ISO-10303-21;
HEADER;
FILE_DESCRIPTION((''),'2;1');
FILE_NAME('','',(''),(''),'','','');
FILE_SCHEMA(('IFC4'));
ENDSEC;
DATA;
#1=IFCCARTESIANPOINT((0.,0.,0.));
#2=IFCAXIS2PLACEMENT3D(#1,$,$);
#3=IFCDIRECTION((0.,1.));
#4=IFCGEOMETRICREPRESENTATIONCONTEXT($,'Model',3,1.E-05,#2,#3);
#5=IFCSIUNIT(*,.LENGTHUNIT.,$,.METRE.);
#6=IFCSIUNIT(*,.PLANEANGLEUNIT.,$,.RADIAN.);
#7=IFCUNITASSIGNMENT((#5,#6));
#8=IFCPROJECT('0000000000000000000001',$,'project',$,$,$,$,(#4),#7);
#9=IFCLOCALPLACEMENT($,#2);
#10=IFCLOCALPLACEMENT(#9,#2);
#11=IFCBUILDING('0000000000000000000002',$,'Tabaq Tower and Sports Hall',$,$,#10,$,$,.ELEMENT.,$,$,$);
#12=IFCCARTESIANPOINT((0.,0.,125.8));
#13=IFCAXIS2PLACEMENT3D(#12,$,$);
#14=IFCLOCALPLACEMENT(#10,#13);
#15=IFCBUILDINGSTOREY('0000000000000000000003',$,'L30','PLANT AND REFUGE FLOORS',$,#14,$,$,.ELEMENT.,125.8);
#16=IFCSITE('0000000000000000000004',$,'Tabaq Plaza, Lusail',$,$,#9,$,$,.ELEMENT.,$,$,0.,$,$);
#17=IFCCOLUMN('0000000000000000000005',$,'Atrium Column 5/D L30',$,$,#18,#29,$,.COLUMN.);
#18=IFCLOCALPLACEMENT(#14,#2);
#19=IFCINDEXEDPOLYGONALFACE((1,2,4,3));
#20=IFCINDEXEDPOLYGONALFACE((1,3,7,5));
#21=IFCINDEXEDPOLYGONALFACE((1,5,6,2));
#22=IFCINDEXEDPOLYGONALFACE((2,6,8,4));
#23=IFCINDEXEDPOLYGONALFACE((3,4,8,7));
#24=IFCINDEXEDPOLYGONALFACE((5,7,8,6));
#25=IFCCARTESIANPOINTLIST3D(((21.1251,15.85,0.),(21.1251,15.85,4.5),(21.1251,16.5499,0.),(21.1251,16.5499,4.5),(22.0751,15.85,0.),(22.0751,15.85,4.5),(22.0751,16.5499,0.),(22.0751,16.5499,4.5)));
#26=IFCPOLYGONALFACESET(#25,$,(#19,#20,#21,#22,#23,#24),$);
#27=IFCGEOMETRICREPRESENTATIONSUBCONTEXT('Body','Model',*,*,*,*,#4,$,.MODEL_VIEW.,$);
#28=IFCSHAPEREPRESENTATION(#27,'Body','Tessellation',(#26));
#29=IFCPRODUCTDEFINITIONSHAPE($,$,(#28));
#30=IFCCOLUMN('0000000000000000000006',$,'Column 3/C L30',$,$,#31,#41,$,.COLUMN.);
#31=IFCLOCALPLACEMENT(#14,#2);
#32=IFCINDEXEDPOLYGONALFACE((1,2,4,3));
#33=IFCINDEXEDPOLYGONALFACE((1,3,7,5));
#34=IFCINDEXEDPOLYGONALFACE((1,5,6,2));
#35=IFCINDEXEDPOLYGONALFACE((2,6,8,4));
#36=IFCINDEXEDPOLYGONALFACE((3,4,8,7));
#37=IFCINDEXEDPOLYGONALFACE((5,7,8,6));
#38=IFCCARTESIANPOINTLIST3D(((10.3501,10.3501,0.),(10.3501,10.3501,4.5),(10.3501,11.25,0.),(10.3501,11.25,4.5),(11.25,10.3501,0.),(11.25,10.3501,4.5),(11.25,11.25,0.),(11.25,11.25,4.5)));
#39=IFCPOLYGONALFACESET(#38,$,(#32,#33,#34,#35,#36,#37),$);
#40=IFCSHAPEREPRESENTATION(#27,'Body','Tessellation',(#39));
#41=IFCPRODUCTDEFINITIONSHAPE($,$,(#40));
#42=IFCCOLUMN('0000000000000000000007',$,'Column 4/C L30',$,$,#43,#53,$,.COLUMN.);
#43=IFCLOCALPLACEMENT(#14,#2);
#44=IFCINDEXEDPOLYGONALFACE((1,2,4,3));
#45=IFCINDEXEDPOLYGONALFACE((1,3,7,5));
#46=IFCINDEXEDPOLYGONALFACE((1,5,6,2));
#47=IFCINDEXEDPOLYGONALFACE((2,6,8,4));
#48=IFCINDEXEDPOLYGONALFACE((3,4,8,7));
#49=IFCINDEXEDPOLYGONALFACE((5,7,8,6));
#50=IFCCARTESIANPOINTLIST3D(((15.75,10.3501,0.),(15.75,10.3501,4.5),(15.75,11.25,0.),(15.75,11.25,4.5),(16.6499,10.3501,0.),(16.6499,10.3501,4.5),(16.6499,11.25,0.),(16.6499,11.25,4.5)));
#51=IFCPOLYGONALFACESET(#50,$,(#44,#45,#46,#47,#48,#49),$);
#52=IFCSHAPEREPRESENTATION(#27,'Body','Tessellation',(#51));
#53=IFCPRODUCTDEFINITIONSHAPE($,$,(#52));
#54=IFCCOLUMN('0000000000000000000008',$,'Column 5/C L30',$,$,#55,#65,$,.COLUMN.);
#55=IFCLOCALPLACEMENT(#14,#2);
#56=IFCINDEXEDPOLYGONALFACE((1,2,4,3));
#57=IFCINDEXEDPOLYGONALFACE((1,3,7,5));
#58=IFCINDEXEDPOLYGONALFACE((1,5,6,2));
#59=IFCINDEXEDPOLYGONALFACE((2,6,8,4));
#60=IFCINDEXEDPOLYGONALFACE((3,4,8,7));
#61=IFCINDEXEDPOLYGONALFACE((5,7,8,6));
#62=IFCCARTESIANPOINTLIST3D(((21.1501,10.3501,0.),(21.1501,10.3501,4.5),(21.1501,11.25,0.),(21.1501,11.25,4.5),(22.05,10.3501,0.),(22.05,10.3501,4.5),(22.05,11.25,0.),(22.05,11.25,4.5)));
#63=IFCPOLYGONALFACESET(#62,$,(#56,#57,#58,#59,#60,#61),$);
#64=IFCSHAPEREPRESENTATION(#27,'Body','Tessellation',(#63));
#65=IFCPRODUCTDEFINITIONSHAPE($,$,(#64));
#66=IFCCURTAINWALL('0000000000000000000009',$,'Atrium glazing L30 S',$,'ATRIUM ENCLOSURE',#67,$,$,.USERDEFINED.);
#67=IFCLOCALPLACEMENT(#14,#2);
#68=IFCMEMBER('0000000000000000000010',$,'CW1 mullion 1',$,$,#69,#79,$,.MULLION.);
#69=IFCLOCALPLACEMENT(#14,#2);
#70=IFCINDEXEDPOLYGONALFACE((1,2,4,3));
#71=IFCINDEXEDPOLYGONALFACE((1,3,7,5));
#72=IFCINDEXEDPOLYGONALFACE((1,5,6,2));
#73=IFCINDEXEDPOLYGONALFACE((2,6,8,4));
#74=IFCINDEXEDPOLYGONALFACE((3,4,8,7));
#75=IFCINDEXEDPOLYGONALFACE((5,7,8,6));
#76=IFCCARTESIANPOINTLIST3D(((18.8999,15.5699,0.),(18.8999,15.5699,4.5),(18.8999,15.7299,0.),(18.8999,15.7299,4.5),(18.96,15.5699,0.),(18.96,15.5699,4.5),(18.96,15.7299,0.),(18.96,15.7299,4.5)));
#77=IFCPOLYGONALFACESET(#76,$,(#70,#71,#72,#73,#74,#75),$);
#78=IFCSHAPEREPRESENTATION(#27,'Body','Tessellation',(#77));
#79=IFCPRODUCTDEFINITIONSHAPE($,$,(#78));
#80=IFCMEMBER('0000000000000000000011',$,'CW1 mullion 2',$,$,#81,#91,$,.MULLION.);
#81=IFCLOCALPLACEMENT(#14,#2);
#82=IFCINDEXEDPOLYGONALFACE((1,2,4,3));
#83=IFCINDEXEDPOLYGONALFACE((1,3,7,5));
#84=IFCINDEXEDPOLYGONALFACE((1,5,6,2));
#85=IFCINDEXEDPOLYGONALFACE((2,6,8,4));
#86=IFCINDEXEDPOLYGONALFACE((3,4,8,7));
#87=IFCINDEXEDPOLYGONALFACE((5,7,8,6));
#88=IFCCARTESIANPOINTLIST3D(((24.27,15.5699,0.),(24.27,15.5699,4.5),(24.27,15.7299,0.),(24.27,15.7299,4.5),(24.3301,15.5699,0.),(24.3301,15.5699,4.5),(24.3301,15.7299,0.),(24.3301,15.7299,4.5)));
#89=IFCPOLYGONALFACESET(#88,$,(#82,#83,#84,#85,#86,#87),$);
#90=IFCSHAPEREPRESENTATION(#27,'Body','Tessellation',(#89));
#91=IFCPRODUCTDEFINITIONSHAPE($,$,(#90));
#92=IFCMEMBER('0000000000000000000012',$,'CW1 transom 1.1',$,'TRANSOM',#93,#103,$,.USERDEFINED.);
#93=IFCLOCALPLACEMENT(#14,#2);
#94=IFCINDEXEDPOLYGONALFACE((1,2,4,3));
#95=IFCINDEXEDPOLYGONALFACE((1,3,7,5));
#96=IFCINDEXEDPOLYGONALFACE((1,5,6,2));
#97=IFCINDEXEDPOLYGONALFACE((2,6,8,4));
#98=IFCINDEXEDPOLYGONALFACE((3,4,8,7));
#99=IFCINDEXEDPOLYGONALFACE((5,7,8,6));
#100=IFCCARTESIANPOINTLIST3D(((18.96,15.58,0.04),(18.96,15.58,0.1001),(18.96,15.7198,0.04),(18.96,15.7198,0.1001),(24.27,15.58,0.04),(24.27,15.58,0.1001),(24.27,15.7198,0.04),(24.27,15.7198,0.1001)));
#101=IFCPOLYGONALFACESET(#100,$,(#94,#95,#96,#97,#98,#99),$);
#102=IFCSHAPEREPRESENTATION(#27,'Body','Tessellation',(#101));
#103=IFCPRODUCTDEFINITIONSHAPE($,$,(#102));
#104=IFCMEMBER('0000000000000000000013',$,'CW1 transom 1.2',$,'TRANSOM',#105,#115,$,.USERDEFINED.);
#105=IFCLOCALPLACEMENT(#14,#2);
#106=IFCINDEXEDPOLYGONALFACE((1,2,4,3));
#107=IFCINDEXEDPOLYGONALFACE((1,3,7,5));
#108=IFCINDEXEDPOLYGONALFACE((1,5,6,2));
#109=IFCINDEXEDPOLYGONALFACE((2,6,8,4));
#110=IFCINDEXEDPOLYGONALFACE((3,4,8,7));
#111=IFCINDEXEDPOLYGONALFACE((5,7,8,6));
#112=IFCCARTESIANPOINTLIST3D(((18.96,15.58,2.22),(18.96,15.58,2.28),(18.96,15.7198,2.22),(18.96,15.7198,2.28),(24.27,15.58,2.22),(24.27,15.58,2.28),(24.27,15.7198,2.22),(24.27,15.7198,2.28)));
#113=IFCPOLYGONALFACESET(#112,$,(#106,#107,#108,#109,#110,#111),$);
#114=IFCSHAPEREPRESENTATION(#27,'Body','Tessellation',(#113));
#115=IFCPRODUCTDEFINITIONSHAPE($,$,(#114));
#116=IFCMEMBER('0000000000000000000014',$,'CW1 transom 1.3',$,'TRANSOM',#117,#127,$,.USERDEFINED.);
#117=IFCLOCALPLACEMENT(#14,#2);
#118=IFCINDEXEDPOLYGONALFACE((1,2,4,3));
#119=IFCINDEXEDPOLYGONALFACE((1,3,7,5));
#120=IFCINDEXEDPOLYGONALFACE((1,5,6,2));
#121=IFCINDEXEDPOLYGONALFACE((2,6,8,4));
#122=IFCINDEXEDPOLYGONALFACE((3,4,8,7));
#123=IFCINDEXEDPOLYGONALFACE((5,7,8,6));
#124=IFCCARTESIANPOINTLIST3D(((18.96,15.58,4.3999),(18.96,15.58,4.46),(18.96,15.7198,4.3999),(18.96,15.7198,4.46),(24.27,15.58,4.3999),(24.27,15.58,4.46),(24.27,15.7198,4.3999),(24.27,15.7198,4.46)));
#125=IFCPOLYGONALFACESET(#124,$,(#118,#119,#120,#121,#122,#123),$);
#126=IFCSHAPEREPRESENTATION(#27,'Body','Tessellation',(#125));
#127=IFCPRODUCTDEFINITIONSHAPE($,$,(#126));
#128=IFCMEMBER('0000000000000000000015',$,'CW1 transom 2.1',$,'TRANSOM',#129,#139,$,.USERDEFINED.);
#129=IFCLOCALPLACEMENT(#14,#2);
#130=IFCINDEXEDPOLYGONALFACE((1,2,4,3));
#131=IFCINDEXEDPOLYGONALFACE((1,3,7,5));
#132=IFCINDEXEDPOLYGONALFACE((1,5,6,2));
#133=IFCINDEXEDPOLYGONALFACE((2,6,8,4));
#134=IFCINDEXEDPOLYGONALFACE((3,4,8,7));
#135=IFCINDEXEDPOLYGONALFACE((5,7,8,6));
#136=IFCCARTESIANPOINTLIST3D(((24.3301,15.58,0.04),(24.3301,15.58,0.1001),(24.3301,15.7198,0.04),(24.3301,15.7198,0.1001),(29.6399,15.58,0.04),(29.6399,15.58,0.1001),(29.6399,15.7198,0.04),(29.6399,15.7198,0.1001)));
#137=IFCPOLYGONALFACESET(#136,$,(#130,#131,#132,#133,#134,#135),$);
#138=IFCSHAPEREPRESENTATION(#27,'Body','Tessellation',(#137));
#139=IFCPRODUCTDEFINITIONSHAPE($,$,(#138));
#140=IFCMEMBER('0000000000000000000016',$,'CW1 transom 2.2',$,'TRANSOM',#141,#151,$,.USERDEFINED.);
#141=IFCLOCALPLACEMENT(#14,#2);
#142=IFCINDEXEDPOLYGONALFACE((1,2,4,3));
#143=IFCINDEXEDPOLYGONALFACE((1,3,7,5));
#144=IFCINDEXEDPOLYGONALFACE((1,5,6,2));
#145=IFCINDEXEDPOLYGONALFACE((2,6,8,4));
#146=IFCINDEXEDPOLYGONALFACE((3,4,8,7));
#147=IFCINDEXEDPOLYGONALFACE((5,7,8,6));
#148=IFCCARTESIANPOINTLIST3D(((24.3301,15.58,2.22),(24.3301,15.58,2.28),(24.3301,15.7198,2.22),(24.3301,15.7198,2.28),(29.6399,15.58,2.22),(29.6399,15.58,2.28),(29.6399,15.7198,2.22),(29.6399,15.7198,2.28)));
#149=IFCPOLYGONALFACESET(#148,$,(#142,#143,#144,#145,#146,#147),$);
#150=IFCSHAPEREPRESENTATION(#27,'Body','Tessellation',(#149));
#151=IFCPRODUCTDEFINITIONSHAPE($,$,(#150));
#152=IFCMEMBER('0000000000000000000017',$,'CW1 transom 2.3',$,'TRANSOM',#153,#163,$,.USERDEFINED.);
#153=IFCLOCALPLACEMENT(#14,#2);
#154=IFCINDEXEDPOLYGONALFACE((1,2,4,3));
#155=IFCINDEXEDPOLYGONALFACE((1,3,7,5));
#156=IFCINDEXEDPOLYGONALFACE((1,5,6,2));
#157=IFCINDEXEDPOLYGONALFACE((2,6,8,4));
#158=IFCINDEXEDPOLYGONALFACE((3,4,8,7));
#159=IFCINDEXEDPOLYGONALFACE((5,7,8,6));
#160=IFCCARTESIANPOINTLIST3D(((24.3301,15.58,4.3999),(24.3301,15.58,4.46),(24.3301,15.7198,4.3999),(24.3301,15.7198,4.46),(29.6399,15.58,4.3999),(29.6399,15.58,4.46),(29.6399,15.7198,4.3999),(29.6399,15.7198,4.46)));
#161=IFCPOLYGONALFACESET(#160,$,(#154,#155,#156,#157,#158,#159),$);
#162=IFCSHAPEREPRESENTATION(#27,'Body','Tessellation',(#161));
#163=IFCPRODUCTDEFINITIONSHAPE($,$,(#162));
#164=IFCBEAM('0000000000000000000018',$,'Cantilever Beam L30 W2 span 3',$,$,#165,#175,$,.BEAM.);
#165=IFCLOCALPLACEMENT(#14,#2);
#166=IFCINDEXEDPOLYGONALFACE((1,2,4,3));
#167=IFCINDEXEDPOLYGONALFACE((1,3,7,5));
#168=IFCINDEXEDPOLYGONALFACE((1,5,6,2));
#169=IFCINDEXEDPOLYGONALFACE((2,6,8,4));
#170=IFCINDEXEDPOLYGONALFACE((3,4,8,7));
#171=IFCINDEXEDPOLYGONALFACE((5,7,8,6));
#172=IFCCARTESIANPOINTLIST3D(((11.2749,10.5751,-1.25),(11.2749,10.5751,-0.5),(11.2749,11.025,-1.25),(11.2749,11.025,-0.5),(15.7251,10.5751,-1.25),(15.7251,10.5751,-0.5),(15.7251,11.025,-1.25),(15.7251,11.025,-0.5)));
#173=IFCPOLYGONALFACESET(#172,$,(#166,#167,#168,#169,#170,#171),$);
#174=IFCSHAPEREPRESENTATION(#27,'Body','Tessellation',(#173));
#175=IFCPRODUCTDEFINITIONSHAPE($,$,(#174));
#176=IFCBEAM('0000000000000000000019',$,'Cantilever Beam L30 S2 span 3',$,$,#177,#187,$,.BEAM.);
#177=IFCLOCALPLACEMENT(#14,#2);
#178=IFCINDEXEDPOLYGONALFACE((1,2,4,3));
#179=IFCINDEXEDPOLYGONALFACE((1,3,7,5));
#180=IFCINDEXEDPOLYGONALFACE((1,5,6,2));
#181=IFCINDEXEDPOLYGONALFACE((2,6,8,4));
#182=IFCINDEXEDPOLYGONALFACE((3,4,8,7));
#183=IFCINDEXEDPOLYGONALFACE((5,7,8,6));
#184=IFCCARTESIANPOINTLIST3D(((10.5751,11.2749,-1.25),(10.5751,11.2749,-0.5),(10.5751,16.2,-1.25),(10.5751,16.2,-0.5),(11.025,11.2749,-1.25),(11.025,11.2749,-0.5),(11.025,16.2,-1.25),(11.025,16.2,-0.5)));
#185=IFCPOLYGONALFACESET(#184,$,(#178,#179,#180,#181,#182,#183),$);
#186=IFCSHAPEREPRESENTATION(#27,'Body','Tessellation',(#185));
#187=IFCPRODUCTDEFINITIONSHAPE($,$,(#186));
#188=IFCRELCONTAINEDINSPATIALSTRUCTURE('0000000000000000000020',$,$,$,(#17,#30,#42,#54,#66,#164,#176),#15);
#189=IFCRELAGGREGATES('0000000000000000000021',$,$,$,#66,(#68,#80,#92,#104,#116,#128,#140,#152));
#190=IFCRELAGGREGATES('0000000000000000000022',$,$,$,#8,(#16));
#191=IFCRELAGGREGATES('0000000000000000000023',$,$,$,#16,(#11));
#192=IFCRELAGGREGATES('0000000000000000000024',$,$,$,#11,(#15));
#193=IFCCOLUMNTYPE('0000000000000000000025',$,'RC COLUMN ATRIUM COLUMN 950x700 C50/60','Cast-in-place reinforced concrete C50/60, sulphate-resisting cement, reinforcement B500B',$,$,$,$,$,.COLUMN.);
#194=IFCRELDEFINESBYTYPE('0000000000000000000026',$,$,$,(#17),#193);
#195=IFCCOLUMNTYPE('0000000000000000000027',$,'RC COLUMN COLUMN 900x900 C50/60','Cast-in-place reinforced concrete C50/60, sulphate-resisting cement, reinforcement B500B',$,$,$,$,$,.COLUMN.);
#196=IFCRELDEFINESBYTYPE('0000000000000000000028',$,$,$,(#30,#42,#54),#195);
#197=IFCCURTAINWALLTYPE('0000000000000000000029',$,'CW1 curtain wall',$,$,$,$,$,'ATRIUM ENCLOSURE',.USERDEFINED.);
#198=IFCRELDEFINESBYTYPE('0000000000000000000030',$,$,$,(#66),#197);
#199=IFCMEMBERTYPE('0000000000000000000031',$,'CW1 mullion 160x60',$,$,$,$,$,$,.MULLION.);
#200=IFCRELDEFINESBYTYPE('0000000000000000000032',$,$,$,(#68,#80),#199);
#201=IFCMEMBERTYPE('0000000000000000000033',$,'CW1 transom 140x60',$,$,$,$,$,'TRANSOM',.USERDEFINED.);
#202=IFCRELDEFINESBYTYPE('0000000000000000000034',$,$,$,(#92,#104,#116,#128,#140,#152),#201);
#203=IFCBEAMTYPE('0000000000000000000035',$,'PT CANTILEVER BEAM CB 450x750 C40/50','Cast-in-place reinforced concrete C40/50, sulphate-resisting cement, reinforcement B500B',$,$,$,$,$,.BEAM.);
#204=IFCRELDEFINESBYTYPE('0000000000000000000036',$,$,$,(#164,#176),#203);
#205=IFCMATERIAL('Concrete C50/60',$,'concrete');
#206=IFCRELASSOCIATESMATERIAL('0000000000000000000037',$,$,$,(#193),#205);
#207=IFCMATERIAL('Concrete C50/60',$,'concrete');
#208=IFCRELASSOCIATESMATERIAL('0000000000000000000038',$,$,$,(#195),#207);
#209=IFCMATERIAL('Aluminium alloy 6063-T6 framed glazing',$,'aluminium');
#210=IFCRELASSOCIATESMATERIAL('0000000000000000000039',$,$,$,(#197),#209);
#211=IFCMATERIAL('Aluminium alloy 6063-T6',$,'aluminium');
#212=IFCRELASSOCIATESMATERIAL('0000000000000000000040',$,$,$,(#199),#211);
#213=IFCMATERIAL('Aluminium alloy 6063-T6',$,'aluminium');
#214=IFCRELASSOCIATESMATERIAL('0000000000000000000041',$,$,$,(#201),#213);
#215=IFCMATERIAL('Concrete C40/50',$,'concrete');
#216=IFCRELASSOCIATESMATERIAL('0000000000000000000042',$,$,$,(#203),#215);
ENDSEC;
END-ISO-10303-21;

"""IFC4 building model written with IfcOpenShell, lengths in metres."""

from ifc_helpers import new_model, si_unit, direction, frame, origin, origin_2d, place, context, subcontext, project, spatial, rectangle, extrude, material, material_profile, profile_set, type_object, element, aggregate, save


model = new_model("IFC4")

# Units and contexts
model_context = context("Model", 3, precision=1e-05, world=origin(), true_north=direction((0.0, 1.0)))
body_context = subcontext(model_context, "Body", "Model", "MODEL_VIEW")
ifc_project = project(units=[si_unit("LENGTHUNIT", "METRE"), si_unit("PLANEANGLEUNIT", "RADIAN")], contexts=[model_context])

# Site, building, storey
site_placement = place(None, origin())
site = spatial("IfcSite", under=ifc_project, at=site_placement, Name="Tabaq Plaza, Lusail", CompositionType="ELEMENT", RefElevation=0.0)
building_placement = place(site_placement, origin())
building = spatial("IfcBuilding", under=site, at=building_placement, Name="Tabaq Tower and Sports Hall", CompositionType="ELEMENT")
storey_placement = place(building_placement, frame((0.0, 0.0, 125.8)))
storey = spatial("IfcBuildingStorey", under=building, at=storey_placement, Name="L30", Description="PLANT AND REFUGE FLOORS", CompositionType="ELEMENT", Elevation=125.8)

# Columns
ifc_material_1 = material(Name="Concrete C50/60", Category="concrete")
ifc_material_profile_1 = material_profile(ifc_material_1, rectangle(XDim=0.95, YDim=0.7, at=origin_2d()), Name="ATRIUM COLUMN 950x700")
ifc_profile_set_1 = profile_set([ifc_material_profile_1], Name="Concrete C50/60")
column_type_1 = type_object("IfcColumnType", Name="RC COLUMN ATRIUM COLUMN 950x700 C50/60", Description="Cast-in-place reinforced concrete C50/60, sulphate-resisting cement, reinforcement B500B", PredefinedType="COLUMN", material=ifc_profile_set_1)
column_placement = place(storey_placement, frame((21.6001, 16.2, 0.0), z_axis=(0.0, 0.0, 1.0), x_axis=(1.0, 0.0, 0.0)))
element("IfcColumn", 1, at=column_placement, inside=storey, type_object=column_type_1, Name="Atrium Column 5/D L30", PredefinedType="COLUMN", context=body_context, shape_type="SweptSolid", body=[
    extrude(rectangle(XDim=0.95, YDim=0.7, at=origin_2d()), origin(), (0.0, 0.0, 1.0), 4.5),
])
ifc_material_2 = material(Name="Concrete C50/60", Category="concrete")
ifc_material_profile_2 = material_profile(ifc_material_2, rectangle(XDim=0.8999, YDim=0.8999, at=origin_2d()), Name="COLUMN 900x900")
ifc_profile_set_2 = profile_set([ifc_material_profile_2], Name="Concrete C50/60")
column_type_2 = type_object("IfcColumnType", Name="RC COLUMN COLUMN 900x900 C50/60", Description="Cast-in-place reinforced concrete C50/60, sulphate-resisting cement, reinforcement B500B", PredefinedType="COLUMN", material=ifc_profile_set_2)
for number, where, z_axis, x_axis, name in (
    (2, (10.8, 10.8, 0.0), (0.0, 0.0, 1.0), (1.0, 0.0, 0.0), "Column 3/C L30"),
    (3, (16.2, 10.8, 0.0), (0.0, 0.0, 1.0), (1.0, 0.0, 0.0), "Column 4/C L30"),
    (4, (21.6001, 10.8, 0.0), (0.0, 0.0, 1.0), (1.0, 0.0, 0.0), "Column 5/C L30"),
):
    element("IfcColumn", number, at=place(storey_placement, frame(where, z_axis=z_axis, x_axis=x_axis)), inside=storey, type_object=column_type_2, Name=name, PredefinedType="COLUMN", context=body_context, shape_type="SweptSolid", body=[
        extrude(rectangle(XDim=0.8999, YDim=0.8999, at=origin_2d()), origin(), (0.0, 0.0, 1.0), 4.5),
    ])

# Curtain wall, members
ifc_material_3 = material(Name="Aluminium alloy 6063-T6 framed glazing", Category="aluminium")
curtain_wall_type = type_object("IfcCurtainWallType", Name="CW1 curtain wall", ElementType="ATRIUM ENCLOSURE", PredefinedType="USERDEFINED", material=ifc_material_3)
curtain_wall_placement = place(storey_placement, origin())
curtain_wall = element("IfcCurtainWall", 5, at=curtain_wall_placement, inside=storey, type_object=curtain_wall_type, Name="Atrium glazing L30 S", ObjectType="ATRIUM ENCLOSURE", PredefinedType="USERDEFINED")
ifc_material_4 = material(Name="Aluminium alloy 6063-T6", Category="aluminium")
ifc_material_profile_3 = material_profile(ifc_material_4, rectangle(XDim=0.1599, YDim=0.0601, at=origin_2d()), Name="MULLION 160x60")
ifc_profile_set_3 = profile_set([ifc_material_profile_3], Name="Aluminium alloy 6063-T6")
member_type_1 = type_object("IfcMemberType", Name="CW1 mullion 160x60", PredefinedType="MULLION", material=ifc_profile_set_3)
member_1_placement = place(storey_placement, frame((18.9299, 15.6499, 0.0), z_axis=(0.0, 0.0, 1.0), x_axis=(0.0, 1.0, 0.0)))
member_1 = element("IfcMember", 6, at=member_1_placement, type_object=member_type_1, Name="CW1 mullion 1", PredefinedType="MULLION", context=body_context, shape_type="SweptSolid", body=[
    extrude(rectangle(XDim=0.1599, YDim=0.0601, at=origin_2d()), origin(), (0.0, 0.0, 1.0), 4.5),
])
member_2_placement = place(storey_placement, frame((24.3, 15.6499, 0.0), z_axis=(0.0, 0.0, 1.0), x_axis=(0.0, 1.0, 0.0)))
member_2 = element("IfcMember", 7, at=member_2_placement, type_object=member_type_1, Name="CW1 mullion 2", PredefinedType="MULLION", context=body_context, shape_type="SweptSolid", body=[
    extrude(rectangle(XDim=0.1599, YDim=0.0601, at=origin_2d()), origin(), (0.0, 0.0, 1.0), 4.5),
])
ifc_material_5 = material(Name="Aluminium alloy 6063-T6", Category="aluminium")
ifc_material_profile_4 = material_profile(ifc_material_5, rectangle(XDim=0.1399, YDim=0.0601, at=origin_2d()), Name="TRANSOM 140x60")
ifc_profile_set_4 = profile_set([ifc_material_profile_4], Name="Aluminium alloy 6063-T6")
member_type_2 = type_object("IfcMemberType", Name="CW1 transom 140x60", ElementType="TRANSOM", PredefinedType="USERDEFINED", material=ifc_profile_set_4)
member_3_placement = place(storey_placement, frame((18.96, 15.6499, 0.0701), z_axis=(1.0, 0.0, 0.0), x_axis=(0.0, 1.0, 0.0)))
member_3 = element("IfcMember", 8, at=member_3_placement, type_object=member_type_2, Name="CW1 transom 1.1", ObjectType="TRANSOM", PredefinedType="USERDEFINED", context=body_context, shape_type="SweptSolid", body=[
    extrude(rectangle(XDim=0.1399, YDim=0.0601, at=origin_2d()), origin(), (0.0, 0.0, 1.0), 5.3101),
])
member_4_placement = place(storey_placement, frame((18.96, 15.6499, 2.25), z_axis=(1.0, 0.0, 0.0), x_axis=(0.0, 1.0, 0.0)))
member_4 = element("IfcMember", 9, at=member_4_placement, type_object=member_type_2, Name="CW1 transom 1.2", ObjectType="TRANSOM", PredefinedType="USERDEFINED", context=body_context, shape_type="SweptSolid", body=[
    extrude(rectangle(XDim=0.1399, YDim=0.0601, at=origin_2d()), origin(), (0.0, 0.0, 1.0), 5.3101),
])
member_5_placement = place(storey_placement, frame((18.96, 15.6499, 4.4299), z_axis=(1.0, 0.0, 0.0), x_axis=(0.0, 1.0, 0.0)))
member_5 = element("IfcMember", 10, at=member_5_placement, type_object=member_type_2, Name="CW1 transom 1.3", ObjectType="TRANSOM", PredefinedType="USERDEFINED", context=body_context, shape_type="SweptSolid", body=[
    extrude(rectangle(XDim=0.1399, YDim=0.0601, at=origin_2d()), origin(), (0.0, 0.0, 1.0), 5.3101),
])
member_6_placement = place(storey_placement, frame((24.3301, 15.6499, 0.0701), z_axis=(1.0, 0.0, 0.0), x_axis=(0.0, 1.0, 0.0)))
member_6 = element("IfcMember", 11, at=member_6_placement, type_object=member_type_2, Name="CW1 transom 2.1", ObjectType="TRANSOM", PredefinedType="USERDEFINED", context=body_context, shape_type="SweptSolid", body=[
    extrude(rectangle(XDim=0.1399, YDim=0.0601, at=origin_2d()), origin(), (0.0, 0.0, 1.0), 5.3098),
])
member_7_placement = place(storey_placement, frame((24.3301, 15.6499, 2.25), z_axis=(1.0, 0.0, 0.0), x_axis=(0.0, 1.0, 0.0)))
member_7 = element("IfcMember", 12, at=member_7_placement, type_object=member_type_2, Name="CW1 transom 2.2", ObjectType="TRANSOM", PredefinedType="USERDEFINED", context=body_context, shape_type="SweptSolid", body=[
    extrude(rectangle(XDim=0.1399, YDim=0.0601, at=origin_2d()), origin(), (0.0, 0.0, 1.0), 5.3098),
])
member_8_placement = place(storey_placement, frame((24.3301, 15.6499, 4.4299), z_axis=(1.0, 0.0, 0.0), x_axis=(0.0, 1.0, 0.0)))
member_8 = element("IfcMember", 13, at=member_8_placement, type_object=member_type_2, Name="CW1 transom 2.3", ObjectType="TRANSOM", PredefinedType="USERDEFINED", context=body_context, shape_type="SweptSolid", body=[
    extrude(rectangle(XDim=0.1399, YDim=0.0601, at=origin_2d()), origin(), (0.0, 0.0, 1.0), 5.3098),
])

# Beams
ifc_material_6 = material(Name="Concrete C40/50", Category="concrete")
ifc_material_profile_5 = material_profile(ifc_material_6, rectangle(XDim=0.45, YDim=0.75, at=origin_2d()), Name="CB 450x750")
ifc_profile_set_5 = profile_set([ifc_material_profile_5], Name="Concrete C40/50")
beam_type = type_object("IfcBeamType", Name="PT CANTILEVER BEAM CB 450x750 C40/50", Description="Cast-in-place reinforced concrete C40/50, sulphate-resisting cement, reinforcement B500B", PredefinedType="BEAM", material=ifc_profile_set_5)
beam_placement = place(storey_placement, frame((11.2749, 10.8, -0.875), z_axis=(1.0, 0.0, 0.0), x_axis=(0.0, 1.0, 0.0)))
element("IfcBeam", 14, at=beam_placement, inside=storey, type_object=beam_type, Name="Cantilever Beam L30 W2 span 3", PredefinedType="BEAM", context=body_context, shape_type="SweptSolid", body=[
    extrude(rectangle(XDim=0.45, YDim=0.75, at=origin_2d()), origin(), (0.0, 0.0, 1.0), 4.4502),
])
for number, where, z_axis, x_axis, name in (
    (15, (10.8, 11.2749, -0.875), (0.0, 1.0, 0.0), (-1.0, 0.0, 0.0), "Cantilever Beam L30 S2 span 3"),
):
    element("IfcBeam", number, at=place(storey_placement, frame(where, z_axis=z_axis, x_axis=x_axis)), inside=storey, type_object=beam_type, Name=name, PredefinedType="BEAM", context=body_context, shape_type="SweptSolid", body=[
        extrude(rectangle(XDim=0.45, YDim=0.75, at=origin_2d()), origin(), (0.0, 0.0, 1.0), 4.925),
    ])

aggregate(curtain_wall, [member_1, member_2, member_3, member_4, member_5, member_6, member_7, member_8])

save(model, "model.ifc")
